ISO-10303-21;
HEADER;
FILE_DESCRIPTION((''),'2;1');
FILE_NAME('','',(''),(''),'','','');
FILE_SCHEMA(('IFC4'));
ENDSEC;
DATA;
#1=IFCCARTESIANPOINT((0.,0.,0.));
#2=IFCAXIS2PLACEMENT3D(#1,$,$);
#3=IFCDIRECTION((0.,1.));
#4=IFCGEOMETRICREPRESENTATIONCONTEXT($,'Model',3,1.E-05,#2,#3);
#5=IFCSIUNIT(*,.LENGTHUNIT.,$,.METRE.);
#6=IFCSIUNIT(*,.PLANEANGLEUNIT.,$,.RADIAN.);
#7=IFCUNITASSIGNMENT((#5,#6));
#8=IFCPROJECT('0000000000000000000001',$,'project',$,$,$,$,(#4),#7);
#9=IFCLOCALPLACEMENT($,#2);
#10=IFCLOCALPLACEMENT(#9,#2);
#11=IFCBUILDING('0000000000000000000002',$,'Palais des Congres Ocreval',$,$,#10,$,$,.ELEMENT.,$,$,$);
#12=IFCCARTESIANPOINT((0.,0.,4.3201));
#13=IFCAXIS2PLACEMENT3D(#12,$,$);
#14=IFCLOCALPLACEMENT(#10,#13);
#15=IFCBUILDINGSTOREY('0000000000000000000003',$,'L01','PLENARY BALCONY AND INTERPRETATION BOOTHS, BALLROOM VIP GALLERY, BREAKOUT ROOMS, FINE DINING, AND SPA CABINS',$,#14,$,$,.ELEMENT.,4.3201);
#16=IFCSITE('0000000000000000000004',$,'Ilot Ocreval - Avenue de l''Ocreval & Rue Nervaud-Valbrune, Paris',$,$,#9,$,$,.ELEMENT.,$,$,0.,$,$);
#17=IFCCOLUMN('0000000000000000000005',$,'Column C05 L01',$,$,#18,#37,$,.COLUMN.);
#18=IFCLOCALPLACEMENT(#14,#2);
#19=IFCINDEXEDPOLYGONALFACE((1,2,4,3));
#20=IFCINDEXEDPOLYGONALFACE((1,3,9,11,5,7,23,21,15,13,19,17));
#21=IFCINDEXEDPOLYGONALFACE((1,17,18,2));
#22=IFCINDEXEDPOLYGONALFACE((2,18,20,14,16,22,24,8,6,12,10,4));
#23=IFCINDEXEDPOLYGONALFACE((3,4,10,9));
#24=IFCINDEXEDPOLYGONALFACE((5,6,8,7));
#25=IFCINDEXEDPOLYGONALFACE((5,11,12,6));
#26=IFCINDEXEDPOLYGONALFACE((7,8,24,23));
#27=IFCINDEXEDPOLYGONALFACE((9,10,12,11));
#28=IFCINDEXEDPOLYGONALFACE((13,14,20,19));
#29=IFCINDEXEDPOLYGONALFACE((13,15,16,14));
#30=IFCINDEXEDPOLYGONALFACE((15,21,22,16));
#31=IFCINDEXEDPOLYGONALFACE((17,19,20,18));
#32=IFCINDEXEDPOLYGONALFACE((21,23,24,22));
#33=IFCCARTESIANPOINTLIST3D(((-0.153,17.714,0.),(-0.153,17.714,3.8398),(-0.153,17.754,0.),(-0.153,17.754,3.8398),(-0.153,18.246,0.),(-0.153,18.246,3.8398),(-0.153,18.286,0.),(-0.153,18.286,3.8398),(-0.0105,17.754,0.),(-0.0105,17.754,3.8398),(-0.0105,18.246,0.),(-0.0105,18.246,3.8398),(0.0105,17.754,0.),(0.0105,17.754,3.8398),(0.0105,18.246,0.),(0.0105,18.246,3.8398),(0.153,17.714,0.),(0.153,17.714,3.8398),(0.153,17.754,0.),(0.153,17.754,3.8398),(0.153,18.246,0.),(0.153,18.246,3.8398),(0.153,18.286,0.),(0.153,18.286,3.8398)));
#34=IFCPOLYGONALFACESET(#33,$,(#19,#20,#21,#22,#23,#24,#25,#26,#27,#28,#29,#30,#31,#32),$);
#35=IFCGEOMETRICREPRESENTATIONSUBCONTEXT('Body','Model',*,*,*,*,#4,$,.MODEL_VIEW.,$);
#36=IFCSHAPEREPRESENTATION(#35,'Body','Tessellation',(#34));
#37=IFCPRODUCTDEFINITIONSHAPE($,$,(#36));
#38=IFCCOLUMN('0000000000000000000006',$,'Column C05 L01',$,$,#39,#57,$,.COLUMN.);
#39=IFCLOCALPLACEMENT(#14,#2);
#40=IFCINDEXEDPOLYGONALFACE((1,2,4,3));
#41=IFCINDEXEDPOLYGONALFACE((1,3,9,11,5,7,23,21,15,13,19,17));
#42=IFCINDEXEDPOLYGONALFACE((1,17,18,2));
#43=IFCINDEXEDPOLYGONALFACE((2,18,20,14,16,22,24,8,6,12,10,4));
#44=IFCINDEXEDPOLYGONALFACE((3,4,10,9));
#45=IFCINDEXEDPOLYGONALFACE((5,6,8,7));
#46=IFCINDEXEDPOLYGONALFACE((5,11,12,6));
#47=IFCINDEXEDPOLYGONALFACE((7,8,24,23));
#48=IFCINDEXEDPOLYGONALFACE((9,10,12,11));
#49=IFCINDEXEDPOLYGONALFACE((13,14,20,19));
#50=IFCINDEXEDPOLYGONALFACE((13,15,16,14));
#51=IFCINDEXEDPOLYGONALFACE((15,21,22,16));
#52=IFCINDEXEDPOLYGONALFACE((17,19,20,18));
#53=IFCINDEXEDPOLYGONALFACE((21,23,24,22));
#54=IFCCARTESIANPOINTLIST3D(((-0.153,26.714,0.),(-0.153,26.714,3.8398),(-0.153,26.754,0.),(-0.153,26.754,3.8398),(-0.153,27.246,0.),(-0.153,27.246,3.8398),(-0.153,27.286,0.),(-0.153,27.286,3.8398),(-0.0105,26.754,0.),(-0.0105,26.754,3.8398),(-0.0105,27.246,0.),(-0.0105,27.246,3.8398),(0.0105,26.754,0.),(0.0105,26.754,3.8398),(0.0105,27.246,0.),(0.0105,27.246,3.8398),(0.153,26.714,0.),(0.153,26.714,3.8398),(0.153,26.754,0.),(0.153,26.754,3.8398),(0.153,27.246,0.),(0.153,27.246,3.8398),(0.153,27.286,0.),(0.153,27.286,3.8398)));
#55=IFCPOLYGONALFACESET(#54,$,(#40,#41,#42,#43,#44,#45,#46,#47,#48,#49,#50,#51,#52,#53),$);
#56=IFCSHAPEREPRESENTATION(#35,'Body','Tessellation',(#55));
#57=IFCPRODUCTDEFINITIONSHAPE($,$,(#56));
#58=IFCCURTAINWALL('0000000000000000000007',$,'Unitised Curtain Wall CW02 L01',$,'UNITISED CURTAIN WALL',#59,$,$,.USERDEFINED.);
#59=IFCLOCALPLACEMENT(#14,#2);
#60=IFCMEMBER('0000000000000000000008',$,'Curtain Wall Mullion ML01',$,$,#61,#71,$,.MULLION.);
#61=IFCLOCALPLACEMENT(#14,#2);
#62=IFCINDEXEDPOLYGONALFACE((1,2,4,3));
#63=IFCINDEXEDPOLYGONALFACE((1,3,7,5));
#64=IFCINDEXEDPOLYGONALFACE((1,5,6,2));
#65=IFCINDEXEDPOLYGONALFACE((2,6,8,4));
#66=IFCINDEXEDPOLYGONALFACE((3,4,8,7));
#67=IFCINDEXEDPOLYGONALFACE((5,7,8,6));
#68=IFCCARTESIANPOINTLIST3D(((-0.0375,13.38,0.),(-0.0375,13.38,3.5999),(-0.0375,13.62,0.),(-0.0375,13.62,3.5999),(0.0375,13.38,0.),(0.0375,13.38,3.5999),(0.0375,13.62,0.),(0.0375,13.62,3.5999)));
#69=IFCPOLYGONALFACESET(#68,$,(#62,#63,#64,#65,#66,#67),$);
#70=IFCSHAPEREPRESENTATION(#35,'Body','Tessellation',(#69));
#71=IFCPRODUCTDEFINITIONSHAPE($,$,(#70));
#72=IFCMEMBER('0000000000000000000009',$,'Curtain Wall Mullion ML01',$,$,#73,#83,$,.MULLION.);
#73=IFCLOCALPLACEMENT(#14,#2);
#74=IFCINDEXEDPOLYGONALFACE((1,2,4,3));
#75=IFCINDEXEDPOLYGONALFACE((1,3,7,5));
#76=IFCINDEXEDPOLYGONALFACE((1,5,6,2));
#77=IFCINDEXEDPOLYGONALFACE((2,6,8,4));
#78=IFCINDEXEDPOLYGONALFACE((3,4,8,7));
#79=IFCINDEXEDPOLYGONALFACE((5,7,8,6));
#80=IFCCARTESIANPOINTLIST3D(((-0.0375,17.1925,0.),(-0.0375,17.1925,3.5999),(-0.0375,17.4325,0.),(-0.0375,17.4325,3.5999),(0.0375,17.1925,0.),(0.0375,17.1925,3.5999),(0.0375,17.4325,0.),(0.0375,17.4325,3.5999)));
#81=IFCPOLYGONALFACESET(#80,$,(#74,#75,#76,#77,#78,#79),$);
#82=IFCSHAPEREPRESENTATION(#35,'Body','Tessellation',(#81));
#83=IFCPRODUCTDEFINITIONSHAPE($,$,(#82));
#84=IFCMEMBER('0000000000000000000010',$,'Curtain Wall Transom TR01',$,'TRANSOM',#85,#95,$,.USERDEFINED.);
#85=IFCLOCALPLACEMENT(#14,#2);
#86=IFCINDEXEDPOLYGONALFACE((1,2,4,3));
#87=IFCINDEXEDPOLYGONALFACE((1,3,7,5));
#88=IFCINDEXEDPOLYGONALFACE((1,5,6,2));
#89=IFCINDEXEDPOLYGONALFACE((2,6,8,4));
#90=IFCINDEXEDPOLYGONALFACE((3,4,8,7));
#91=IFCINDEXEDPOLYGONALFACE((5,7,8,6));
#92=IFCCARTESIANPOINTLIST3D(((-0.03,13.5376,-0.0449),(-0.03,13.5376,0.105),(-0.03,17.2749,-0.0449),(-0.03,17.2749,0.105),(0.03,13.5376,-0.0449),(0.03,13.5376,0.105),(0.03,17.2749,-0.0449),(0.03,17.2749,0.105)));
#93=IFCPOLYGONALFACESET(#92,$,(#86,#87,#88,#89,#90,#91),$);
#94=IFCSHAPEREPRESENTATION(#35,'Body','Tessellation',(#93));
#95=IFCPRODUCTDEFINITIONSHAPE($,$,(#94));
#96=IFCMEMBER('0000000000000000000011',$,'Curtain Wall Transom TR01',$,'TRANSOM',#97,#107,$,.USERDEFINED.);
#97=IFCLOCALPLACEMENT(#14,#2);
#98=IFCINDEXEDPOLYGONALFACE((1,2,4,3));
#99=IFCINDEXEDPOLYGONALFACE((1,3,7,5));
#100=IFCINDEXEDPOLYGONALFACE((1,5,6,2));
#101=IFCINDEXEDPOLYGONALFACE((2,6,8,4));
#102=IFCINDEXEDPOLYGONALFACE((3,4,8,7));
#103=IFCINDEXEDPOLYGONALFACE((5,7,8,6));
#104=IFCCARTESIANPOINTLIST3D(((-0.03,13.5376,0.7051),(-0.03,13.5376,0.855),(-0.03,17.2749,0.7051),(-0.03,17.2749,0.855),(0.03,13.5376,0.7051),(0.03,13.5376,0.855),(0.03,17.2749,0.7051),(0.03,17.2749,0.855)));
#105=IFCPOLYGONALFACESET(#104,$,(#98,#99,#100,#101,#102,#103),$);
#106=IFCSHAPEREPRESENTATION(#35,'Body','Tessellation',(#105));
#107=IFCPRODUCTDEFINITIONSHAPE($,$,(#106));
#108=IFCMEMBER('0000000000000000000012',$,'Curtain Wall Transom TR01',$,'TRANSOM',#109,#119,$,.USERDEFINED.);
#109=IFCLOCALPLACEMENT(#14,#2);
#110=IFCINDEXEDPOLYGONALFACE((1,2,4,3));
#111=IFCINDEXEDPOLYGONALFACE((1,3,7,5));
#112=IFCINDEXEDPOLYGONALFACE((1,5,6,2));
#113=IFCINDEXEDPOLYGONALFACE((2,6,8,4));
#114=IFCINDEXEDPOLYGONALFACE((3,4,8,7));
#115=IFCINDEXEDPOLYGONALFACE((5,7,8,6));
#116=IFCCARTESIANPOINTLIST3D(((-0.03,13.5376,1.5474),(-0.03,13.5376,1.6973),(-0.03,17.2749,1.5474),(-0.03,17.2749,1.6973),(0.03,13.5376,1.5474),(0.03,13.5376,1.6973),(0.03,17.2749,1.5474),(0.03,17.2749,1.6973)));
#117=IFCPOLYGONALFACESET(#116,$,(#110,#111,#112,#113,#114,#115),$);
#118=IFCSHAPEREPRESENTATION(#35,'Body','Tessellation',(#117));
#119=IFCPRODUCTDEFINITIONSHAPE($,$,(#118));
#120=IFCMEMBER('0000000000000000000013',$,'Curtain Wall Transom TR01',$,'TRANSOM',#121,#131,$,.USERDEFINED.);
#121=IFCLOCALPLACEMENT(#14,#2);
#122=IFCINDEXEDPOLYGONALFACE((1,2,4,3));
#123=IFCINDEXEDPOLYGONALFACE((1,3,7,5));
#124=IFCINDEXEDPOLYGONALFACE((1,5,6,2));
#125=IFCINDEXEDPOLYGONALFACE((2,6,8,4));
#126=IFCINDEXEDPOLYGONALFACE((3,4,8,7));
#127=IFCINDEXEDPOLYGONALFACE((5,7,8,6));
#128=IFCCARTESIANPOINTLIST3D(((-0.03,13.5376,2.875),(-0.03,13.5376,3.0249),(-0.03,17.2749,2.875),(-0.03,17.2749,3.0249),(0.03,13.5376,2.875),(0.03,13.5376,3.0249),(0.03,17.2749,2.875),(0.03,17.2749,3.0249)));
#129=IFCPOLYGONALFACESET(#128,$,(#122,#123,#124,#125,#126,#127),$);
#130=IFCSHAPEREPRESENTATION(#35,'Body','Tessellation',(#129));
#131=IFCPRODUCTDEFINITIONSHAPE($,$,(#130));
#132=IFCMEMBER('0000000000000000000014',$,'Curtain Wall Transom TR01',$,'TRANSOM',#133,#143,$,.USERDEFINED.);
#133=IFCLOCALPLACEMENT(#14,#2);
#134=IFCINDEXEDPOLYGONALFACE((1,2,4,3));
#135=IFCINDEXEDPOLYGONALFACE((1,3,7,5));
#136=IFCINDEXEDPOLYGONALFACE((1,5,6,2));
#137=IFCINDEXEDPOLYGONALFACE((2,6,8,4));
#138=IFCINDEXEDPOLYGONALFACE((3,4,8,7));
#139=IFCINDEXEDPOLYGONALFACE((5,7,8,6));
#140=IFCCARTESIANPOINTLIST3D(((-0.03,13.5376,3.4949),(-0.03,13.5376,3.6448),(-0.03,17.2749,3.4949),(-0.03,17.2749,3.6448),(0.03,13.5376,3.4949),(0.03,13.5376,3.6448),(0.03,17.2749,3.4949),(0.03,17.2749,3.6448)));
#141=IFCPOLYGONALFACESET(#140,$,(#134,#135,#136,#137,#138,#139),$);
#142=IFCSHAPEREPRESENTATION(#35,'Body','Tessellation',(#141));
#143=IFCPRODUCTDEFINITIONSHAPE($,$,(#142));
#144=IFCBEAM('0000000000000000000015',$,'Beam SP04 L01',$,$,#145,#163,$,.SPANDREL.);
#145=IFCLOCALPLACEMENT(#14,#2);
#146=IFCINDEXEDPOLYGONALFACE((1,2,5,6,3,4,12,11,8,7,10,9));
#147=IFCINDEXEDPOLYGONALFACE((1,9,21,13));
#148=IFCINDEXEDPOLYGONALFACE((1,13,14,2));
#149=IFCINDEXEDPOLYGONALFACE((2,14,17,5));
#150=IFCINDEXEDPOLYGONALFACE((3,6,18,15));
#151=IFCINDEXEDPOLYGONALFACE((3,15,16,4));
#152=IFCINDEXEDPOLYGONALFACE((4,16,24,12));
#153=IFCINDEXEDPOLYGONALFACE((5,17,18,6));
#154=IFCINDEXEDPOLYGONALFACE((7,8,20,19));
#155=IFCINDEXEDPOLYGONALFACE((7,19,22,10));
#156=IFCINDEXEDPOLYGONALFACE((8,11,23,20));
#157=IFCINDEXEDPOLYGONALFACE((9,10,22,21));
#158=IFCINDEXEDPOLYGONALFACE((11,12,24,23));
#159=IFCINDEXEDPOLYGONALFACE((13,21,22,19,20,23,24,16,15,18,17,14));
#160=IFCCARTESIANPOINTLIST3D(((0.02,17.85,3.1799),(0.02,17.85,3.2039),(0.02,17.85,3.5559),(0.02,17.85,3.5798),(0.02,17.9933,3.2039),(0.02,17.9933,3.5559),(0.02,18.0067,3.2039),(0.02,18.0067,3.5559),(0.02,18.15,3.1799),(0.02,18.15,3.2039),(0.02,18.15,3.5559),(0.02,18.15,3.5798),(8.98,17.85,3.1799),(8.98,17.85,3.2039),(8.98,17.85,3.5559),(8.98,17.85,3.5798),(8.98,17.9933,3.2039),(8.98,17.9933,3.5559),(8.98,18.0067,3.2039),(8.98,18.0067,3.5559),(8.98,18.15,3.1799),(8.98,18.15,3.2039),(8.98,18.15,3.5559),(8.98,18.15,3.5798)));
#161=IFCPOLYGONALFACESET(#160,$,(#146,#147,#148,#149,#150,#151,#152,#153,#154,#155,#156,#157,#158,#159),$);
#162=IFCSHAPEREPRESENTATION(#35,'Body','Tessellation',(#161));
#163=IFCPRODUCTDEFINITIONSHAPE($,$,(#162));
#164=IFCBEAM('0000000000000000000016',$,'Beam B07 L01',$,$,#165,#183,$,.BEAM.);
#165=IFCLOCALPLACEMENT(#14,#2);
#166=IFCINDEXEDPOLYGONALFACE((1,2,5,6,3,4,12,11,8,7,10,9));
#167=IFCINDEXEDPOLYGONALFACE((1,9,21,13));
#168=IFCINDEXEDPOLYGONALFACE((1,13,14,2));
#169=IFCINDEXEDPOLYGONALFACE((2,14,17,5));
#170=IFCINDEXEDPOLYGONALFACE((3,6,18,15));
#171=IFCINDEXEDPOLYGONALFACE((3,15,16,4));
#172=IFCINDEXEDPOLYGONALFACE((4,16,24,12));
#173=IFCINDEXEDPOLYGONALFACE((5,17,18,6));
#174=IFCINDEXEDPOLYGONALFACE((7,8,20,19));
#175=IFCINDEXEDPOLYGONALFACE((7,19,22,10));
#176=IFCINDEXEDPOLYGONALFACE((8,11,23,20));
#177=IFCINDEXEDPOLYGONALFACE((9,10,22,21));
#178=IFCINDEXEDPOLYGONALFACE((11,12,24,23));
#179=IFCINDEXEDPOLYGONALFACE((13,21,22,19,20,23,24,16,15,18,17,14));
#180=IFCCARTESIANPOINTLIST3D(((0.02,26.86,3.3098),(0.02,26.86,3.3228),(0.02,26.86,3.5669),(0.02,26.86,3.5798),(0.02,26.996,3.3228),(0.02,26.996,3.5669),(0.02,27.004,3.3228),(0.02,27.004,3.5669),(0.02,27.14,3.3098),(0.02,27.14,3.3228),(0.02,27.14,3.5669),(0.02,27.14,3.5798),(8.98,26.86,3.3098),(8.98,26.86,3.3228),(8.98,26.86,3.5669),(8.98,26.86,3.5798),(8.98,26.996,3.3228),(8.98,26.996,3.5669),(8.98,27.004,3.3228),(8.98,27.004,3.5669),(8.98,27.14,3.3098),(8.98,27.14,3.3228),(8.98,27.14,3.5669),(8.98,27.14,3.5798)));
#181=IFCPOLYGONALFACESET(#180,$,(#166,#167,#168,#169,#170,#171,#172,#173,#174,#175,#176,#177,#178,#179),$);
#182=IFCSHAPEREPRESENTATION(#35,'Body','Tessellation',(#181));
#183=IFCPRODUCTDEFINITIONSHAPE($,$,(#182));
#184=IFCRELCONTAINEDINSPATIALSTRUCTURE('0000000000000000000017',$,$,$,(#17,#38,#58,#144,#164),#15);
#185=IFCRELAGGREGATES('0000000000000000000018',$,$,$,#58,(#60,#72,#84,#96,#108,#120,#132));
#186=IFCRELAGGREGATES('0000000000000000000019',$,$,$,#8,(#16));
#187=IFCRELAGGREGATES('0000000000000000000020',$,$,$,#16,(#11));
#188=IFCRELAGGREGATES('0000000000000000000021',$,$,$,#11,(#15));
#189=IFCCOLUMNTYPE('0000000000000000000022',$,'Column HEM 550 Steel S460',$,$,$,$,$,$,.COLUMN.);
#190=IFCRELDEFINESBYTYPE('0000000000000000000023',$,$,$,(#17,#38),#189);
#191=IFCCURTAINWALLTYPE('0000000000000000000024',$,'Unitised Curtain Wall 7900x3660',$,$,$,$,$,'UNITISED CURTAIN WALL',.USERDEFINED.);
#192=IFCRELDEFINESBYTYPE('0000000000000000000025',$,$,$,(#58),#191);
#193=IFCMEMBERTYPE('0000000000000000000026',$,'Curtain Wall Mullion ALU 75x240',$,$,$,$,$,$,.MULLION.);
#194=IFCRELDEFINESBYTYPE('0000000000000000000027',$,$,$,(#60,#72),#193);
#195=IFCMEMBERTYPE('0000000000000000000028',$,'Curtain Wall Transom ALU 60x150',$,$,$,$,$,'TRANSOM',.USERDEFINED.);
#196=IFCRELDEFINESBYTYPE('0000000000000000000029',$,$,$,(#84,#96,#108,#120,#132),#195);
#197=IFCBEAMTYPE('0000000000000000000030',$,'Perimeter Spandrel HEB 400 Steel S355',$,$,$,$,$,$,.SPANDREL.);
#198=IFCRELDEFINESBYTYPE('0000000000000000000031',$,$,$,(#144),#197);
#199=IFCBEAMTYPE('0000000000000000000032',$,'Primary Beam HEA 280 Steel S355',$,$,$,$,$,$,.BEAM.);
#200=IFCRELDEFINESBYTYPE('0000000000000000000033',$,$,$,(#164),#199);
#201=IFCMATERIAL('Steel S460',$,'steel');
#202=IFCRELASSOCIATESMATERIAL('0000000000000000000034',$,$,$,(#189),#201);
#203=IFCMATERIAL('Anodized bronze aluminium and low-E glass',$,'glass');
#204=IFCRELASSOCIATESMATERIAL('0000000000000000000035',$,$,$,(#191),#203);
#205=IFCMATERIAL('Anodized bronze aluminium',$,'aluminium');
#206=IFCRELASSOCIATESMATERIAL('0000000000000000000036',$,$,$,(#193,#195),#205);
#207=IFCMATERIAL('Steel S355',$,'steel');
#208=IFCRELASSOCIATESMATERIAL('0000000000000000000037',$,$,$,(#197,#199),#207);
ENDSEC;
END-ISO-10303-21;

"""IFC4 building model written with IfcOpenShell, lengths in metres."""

from ifc_helpers import new_model, si_unit, direction, frame, origin, origin_2d, place, context, subcontext, project, spatial, rectangle, i_section, extrude, material, material_profile, profile_set, type_object, element, aggregate, save


model = new_model("IFC4")

# Units and contexts
model_context = context("Model", 3, precision=1e-05, world=origin(), true_north=direction((0.0, 1.0)))
body_context = subcontext(model_context, "Body", "Model", "MODEL_VIEW")
ifc_project = project(units=[si_unit("LENGTHUNIT", "METRE"), si_unit("PLANEANGLEUNIT", "RADIAN")], contexts=[model_context])

# Site, building, storey
site_placement = place(None, origin())
site = spatial("IfcSite", under=ifc_project, at=site_placement, Name="Ilot Ocreval - Avenue de l'Ocreval & Rue Nervaud-Valbrune, Paris", CompositionType="ELEMENT", RefElevation=0.0)
building_placement = place(site_placement, origin())
building = spatial("IfcBuilding", under=site, at=building_placement, Name="Palais des Congres Ocreval", CompositionType="ELEMENT")
storey_placement = place(building_placement, frame((0.0, 0.0, 4.3201)))
storey = spatial("IfcBuildingStorey", under=building, at=storey_placement, Name="L01", Description="PLENARY BALCONY AND INTERPRETATION BOOTHS, BALLROOM VIP GALLERY, BREAKOUT ROOMS, FINE DINING, AND SPA CABINS", CompositionType="ELEMENT", Elevation=4.3201)

# Columns
ifc_material_1 = material(Name="Steel S460", Category="steel")
ifc_material_profile_1 = material_profile(ifc_material_1, i_section(OverallWidth=0.3059, OverallDepth=0.572, WebThickness=0.021, FlangeThickness=0.04, at=origin_2d()), Name="HEM 550")
ifc_profile_set_1 = profile_set([ifc_material_profile_1], Name="Steel S460")
column_type = type_object("IfcColumnType", Name="Column HEM 550 Steel S460", PredefinedType="COLUMN", material=ifc_profile_set_1)
for number, where, z_axis, x_axis, name in (
    (1, (0.0, 18.0, 0.0), (0.0, 0.0, 1.0), (1.0, 0.0, 0.0), "Column C05 L01"),
    (2, (0.0, 27.0, 0.0), (0.0, 0.0, 1.0), (1.0, 0.0, 0.0), "Column C05 L01"),
):
    element("IfcColumn", number, at=place(storey_placement, frame(where, z_axis=z_axis, x_axis=x_axis)), inside=storey, type_object=column_type, Name=name, PredefinedType="COLUMN", context=body_context, shape_type="SweptSolid", body=[
        extrude(i_section(OverallWidth=0.3059, OverallDepth=0.572, WebThickness=0.021, FlangeThickness=0.04, at=origin_2d()), origin(), (0.0, 0.0, 1.0), 3.8398),
    ])

# Curtain wall, members
ifc_material_2 = material(Name="Anodized bronze aluminium and low-E glass", Category="glass")
curtain_wall_type = type_object("IfcCurtainWallType", Name="Unitised Curtain Wall 7900x3660", ElementType="UNITISED CURTAIN WALL", PredefinedType="USERDEFINED", material=ifc_material_2)
curtain_wall_placement = place(storey_placement, origin())
curtain_wall = element("IfcCurtainWall", 3, at=curtain_wall_placement, inside=storey, type_object=curtain_wall_type, Name="Unitised Curtain Wall CW02 L01", ObjectType="UNITISED CURTAIN WALL", PredefinedType="USERDEFINED")
ifc_material_3 = material(Name="Anodized bronze aluminium", Category="aluminium")
ifc_material_profile_2 = material_profile(ifc_material_3, rectangle(XDim=0.075, YDim=0.24, at=origin_2d()), Name="ALU 75x240")
ifc_profile_set_2 = profile_set([ifc_material_profile_2], Name="Anodized bronze aluminium")
member_type_1 = type_object("IfcMemberType", Name="Curtain Wall Mullion ALU 75x240", PredefinedType="MULLION", material=ifc_profile_set_2)
member_1_placement = place(storey_placement, frame((0.0, 13.5, 0.0), z_axis=(0.0, 0.0, 1.0), x_axis=(-1.0, 0.0, 0.0)))
member_1 = element("IfcMember", 4, at=member_1_placement, type_object=member_type_1, Name="Curtain Wall Mullion ML01", PredefinedType="MULLION", context=body_context, shape_type="SweptSolid", body=[
    extrude(rectangle(XDim=0.075, YDim=0.24, at=origin_2d()), origin(), (0.0, 0.0, 1.0), 3.5999),
])
member_2_placement = place(storey_placement, frame((0.0, 17.3125, 0.0), z_axis=(0.0, 0.0, 1.0), x_axis=(-1.0, 0.0, 0.0)))
member_2 = element("IfcMember", 5, at=member_2_placement, type_object=member_type_1, Name="Curtain Wall Mullion ML01", PredefinedType="MULLION", context=body_context, shape_type="SweptSolid", body=[
    extrude(rectangle(XDim=0.075, YDim=0.24, at=origin_2d()), origin(), (0.0, 0.0, 1.0), 3.5999),
])
ifc_material_profile_3 = material_profile(ifc_material_3, rectangle(XDim=0.0601, YDim=0.1499, at=origin_2d()), Name="ALU 60x150")
ifc_profile_set_3 = profile_set([ifc_material_profile_3], Name="Anodized bronze aluminium")
member_type_2 = type_object("IfcMemberType", Name="Curtain Wall Transom ALU 60x150", ElementType="TRANSOM", PredefinedType="USERDEFINED", material=ifc_profile_set_3)
member_3_placement = place(storey_placement, frame((0.0, 13.5376, 0.03), z_axis=(0.0, 1.0, 0.0), x_axis=(-1.0, 0.0, 0.0)))
member_3 = element("IfcMember", 6, at=member_3_placement, type_object=member_type_2, Name="Curtain Wall Transom TR01", ObjectType="TRANSOM", PredefinedType="USERDEFINED", context=body_context, shape_type="SweptSolid", body=[
    extrude(rectangle(XDim=0.0601, YDim=0.1499, at=origin_2d()), origin(), (0.0, 0.0, 1.0), 3.7373),
])
member_4_placement = place(storey_placement, frame((0.0, 13.5376, 0.78), z_axis=(0.0, 1.0, 0.0), x_axis=(-1.0, 0.0, 0.0)))
member_4 = element("IfcMember", 7, at=member_4_placement, type_object=member_type_2, Name="Curtain Wall Transom TR01", ObjectType="TRANSOM", PredefinedType="USERDEFINED", context=body_context, shape_type="SweptSolid", body=[
    extrude(rectangle(XDim=0.0601, YDim=0.1499, at=origin_2d()), origin(), (0.0, 0.0, 1.0), 3.7373),
])
member_5_placement = place(storey_placement, frame((0.0, 13.5376, 1.6223), z_axis=(0.0, 1.0, 0.0), x_axis=(-1.0, 0.0, 0.0)))
member_5 = element("IfcMember", 8, at=member_5_placement, type_object=member_type_2, Name="Curtain Wall Transom TR01", ObjectType="TRANSOM", PredefinedType="USERDEFINED", context=body_context, shape_type="SweptSolid", body=[
    extrude(rectangle(XDim=0.0601, YDim=0.1499, at=origin_2d()), origin(), (0.0, 0.0, 1.0), 3.7373),
])
member_6_placement = place(storey_placement, frame((0.0, 13.5376, 2.95), z_axis=(0.0, 1.0, 0.0), x_axis=(-1.0, 0.0, 0.0)))
member_6 = element("IfcMember", 9, at=member_6_placement, type_object=member_type_2, Name="Curtain Wall Transom TR01", ObjectType="TRANSOM", PredefinedType="USERDEFINED", context=body_context, shape_type="SweptSolid", body=[
    extrude(rectangle(XDim=0.0601, YDim=0.1499, at=origin_2d()), origin(), (0.0, 0.0, 1.0), 3.7373),
])
member_7_placement = place(storey_placement, frame((0.0, 13.5376, 3.5698), z_axis=(0.0, 1.0, 0.0), x_axis=(-1.0, 0.0, 0.0)))
member_7 = element("IfcMember", 10, at=member_7_placement, type_object=member_type_2, Name="Curtain Wall Transom TR01", ObjectType="TRANSOM", PredefinedType="USERDEFINED", context=body_context, shape_type="SweptSolid", body=[
    extrude(rectangle(XDim=0.0601, YDim=0.1499, at=origin_2d()), origin(), (0.0, 0.0, 1.0), 3.7373),
])

# Beams
ifc_material_4 = material(Name="Steel S355", Category="steel")
ifc_material_profile_4 = material_profile(ifc_material_4, i_section(OverallWidth=0.3, OverallDepth=0.3999, WebThickness=0.0134, FlangeThickness=0.0239, at=origin_2d()), Name="HEB 400")
ifc_profile_set_4 = profile_set([ifc_material_profile_4], Name="Steel S355")
beam_type_1 = type_object("IfcBeamType", Name="Perimeter Spandrel HEB 400 Steel S355", PredefinedType="SPANDREL", material=ifc_profile_set_4)
beam_1_placement = place(storey_placement, frame((0.02, 18.0, 3.3799), z_axis=(1.0, 0.0, 0.0), x_axis=(0.0, 1.0, 0.0)))
element("IfcBeam", 11, at=beam_1_placement, inside=storey, type_object=beam_type_1, Name="Beam SP04 L01", PredefinedType="SPANDREL", context=body_context, shape_type="SweptSolid", body=[
    extrude(i_section(OverallWidth=0.3, OverallDepth=0.3999, WebThickness=0.0134, FlangeThickness=0.0239, at=origin_2d()), origin(), (0.0, 0.0, 1.0), 8.96),
])
ifc_material_profile_5 = material_profile(ifc_material_4, i_section(OverallWidth=0.28, OverallDepth=0.27, WebThickness=0.0081, FlangeThickness=0.0129, at=origin_2d()), Name="HEA 280")
ifc_profile_set_5 = profile_set([ifc_material_profile_5], Name="Steel S355")
beam_type_2 = type_object("IfcBeamType", Name="Primary Beam HEA 280 Steel S355", PredefinedType="BEAM", material=ifc_profile_set_5)
beam_2_placement = place(storey_placement, frame((0.02, 27.0, 3.4448), z_axis=(1.0, 0.0, 0.0), x_axis=(0.0, 1.0, 0.0)))
element("IfcBeam", 12, at=beam_2_placement, inside=storey, type_object=beam_type_2, Name="Beam B07 L01", PredefinedType="BEAM", context=body_context, shape_type="SweptSolid", body=[
    extrude(i_section(OverallWidth=0.28, OverallDepth=0.27, WebThickness=0.0081, FlangeThickness=0.0129, at=origin_2d()), origin(), (0.0, 0.0, 1.0), 8.96),
])

aggregate(curtain_wall, [member_1, member_2, member_3, member_4, member_5, member_6, member_7])

save(model, "model.ifc")
